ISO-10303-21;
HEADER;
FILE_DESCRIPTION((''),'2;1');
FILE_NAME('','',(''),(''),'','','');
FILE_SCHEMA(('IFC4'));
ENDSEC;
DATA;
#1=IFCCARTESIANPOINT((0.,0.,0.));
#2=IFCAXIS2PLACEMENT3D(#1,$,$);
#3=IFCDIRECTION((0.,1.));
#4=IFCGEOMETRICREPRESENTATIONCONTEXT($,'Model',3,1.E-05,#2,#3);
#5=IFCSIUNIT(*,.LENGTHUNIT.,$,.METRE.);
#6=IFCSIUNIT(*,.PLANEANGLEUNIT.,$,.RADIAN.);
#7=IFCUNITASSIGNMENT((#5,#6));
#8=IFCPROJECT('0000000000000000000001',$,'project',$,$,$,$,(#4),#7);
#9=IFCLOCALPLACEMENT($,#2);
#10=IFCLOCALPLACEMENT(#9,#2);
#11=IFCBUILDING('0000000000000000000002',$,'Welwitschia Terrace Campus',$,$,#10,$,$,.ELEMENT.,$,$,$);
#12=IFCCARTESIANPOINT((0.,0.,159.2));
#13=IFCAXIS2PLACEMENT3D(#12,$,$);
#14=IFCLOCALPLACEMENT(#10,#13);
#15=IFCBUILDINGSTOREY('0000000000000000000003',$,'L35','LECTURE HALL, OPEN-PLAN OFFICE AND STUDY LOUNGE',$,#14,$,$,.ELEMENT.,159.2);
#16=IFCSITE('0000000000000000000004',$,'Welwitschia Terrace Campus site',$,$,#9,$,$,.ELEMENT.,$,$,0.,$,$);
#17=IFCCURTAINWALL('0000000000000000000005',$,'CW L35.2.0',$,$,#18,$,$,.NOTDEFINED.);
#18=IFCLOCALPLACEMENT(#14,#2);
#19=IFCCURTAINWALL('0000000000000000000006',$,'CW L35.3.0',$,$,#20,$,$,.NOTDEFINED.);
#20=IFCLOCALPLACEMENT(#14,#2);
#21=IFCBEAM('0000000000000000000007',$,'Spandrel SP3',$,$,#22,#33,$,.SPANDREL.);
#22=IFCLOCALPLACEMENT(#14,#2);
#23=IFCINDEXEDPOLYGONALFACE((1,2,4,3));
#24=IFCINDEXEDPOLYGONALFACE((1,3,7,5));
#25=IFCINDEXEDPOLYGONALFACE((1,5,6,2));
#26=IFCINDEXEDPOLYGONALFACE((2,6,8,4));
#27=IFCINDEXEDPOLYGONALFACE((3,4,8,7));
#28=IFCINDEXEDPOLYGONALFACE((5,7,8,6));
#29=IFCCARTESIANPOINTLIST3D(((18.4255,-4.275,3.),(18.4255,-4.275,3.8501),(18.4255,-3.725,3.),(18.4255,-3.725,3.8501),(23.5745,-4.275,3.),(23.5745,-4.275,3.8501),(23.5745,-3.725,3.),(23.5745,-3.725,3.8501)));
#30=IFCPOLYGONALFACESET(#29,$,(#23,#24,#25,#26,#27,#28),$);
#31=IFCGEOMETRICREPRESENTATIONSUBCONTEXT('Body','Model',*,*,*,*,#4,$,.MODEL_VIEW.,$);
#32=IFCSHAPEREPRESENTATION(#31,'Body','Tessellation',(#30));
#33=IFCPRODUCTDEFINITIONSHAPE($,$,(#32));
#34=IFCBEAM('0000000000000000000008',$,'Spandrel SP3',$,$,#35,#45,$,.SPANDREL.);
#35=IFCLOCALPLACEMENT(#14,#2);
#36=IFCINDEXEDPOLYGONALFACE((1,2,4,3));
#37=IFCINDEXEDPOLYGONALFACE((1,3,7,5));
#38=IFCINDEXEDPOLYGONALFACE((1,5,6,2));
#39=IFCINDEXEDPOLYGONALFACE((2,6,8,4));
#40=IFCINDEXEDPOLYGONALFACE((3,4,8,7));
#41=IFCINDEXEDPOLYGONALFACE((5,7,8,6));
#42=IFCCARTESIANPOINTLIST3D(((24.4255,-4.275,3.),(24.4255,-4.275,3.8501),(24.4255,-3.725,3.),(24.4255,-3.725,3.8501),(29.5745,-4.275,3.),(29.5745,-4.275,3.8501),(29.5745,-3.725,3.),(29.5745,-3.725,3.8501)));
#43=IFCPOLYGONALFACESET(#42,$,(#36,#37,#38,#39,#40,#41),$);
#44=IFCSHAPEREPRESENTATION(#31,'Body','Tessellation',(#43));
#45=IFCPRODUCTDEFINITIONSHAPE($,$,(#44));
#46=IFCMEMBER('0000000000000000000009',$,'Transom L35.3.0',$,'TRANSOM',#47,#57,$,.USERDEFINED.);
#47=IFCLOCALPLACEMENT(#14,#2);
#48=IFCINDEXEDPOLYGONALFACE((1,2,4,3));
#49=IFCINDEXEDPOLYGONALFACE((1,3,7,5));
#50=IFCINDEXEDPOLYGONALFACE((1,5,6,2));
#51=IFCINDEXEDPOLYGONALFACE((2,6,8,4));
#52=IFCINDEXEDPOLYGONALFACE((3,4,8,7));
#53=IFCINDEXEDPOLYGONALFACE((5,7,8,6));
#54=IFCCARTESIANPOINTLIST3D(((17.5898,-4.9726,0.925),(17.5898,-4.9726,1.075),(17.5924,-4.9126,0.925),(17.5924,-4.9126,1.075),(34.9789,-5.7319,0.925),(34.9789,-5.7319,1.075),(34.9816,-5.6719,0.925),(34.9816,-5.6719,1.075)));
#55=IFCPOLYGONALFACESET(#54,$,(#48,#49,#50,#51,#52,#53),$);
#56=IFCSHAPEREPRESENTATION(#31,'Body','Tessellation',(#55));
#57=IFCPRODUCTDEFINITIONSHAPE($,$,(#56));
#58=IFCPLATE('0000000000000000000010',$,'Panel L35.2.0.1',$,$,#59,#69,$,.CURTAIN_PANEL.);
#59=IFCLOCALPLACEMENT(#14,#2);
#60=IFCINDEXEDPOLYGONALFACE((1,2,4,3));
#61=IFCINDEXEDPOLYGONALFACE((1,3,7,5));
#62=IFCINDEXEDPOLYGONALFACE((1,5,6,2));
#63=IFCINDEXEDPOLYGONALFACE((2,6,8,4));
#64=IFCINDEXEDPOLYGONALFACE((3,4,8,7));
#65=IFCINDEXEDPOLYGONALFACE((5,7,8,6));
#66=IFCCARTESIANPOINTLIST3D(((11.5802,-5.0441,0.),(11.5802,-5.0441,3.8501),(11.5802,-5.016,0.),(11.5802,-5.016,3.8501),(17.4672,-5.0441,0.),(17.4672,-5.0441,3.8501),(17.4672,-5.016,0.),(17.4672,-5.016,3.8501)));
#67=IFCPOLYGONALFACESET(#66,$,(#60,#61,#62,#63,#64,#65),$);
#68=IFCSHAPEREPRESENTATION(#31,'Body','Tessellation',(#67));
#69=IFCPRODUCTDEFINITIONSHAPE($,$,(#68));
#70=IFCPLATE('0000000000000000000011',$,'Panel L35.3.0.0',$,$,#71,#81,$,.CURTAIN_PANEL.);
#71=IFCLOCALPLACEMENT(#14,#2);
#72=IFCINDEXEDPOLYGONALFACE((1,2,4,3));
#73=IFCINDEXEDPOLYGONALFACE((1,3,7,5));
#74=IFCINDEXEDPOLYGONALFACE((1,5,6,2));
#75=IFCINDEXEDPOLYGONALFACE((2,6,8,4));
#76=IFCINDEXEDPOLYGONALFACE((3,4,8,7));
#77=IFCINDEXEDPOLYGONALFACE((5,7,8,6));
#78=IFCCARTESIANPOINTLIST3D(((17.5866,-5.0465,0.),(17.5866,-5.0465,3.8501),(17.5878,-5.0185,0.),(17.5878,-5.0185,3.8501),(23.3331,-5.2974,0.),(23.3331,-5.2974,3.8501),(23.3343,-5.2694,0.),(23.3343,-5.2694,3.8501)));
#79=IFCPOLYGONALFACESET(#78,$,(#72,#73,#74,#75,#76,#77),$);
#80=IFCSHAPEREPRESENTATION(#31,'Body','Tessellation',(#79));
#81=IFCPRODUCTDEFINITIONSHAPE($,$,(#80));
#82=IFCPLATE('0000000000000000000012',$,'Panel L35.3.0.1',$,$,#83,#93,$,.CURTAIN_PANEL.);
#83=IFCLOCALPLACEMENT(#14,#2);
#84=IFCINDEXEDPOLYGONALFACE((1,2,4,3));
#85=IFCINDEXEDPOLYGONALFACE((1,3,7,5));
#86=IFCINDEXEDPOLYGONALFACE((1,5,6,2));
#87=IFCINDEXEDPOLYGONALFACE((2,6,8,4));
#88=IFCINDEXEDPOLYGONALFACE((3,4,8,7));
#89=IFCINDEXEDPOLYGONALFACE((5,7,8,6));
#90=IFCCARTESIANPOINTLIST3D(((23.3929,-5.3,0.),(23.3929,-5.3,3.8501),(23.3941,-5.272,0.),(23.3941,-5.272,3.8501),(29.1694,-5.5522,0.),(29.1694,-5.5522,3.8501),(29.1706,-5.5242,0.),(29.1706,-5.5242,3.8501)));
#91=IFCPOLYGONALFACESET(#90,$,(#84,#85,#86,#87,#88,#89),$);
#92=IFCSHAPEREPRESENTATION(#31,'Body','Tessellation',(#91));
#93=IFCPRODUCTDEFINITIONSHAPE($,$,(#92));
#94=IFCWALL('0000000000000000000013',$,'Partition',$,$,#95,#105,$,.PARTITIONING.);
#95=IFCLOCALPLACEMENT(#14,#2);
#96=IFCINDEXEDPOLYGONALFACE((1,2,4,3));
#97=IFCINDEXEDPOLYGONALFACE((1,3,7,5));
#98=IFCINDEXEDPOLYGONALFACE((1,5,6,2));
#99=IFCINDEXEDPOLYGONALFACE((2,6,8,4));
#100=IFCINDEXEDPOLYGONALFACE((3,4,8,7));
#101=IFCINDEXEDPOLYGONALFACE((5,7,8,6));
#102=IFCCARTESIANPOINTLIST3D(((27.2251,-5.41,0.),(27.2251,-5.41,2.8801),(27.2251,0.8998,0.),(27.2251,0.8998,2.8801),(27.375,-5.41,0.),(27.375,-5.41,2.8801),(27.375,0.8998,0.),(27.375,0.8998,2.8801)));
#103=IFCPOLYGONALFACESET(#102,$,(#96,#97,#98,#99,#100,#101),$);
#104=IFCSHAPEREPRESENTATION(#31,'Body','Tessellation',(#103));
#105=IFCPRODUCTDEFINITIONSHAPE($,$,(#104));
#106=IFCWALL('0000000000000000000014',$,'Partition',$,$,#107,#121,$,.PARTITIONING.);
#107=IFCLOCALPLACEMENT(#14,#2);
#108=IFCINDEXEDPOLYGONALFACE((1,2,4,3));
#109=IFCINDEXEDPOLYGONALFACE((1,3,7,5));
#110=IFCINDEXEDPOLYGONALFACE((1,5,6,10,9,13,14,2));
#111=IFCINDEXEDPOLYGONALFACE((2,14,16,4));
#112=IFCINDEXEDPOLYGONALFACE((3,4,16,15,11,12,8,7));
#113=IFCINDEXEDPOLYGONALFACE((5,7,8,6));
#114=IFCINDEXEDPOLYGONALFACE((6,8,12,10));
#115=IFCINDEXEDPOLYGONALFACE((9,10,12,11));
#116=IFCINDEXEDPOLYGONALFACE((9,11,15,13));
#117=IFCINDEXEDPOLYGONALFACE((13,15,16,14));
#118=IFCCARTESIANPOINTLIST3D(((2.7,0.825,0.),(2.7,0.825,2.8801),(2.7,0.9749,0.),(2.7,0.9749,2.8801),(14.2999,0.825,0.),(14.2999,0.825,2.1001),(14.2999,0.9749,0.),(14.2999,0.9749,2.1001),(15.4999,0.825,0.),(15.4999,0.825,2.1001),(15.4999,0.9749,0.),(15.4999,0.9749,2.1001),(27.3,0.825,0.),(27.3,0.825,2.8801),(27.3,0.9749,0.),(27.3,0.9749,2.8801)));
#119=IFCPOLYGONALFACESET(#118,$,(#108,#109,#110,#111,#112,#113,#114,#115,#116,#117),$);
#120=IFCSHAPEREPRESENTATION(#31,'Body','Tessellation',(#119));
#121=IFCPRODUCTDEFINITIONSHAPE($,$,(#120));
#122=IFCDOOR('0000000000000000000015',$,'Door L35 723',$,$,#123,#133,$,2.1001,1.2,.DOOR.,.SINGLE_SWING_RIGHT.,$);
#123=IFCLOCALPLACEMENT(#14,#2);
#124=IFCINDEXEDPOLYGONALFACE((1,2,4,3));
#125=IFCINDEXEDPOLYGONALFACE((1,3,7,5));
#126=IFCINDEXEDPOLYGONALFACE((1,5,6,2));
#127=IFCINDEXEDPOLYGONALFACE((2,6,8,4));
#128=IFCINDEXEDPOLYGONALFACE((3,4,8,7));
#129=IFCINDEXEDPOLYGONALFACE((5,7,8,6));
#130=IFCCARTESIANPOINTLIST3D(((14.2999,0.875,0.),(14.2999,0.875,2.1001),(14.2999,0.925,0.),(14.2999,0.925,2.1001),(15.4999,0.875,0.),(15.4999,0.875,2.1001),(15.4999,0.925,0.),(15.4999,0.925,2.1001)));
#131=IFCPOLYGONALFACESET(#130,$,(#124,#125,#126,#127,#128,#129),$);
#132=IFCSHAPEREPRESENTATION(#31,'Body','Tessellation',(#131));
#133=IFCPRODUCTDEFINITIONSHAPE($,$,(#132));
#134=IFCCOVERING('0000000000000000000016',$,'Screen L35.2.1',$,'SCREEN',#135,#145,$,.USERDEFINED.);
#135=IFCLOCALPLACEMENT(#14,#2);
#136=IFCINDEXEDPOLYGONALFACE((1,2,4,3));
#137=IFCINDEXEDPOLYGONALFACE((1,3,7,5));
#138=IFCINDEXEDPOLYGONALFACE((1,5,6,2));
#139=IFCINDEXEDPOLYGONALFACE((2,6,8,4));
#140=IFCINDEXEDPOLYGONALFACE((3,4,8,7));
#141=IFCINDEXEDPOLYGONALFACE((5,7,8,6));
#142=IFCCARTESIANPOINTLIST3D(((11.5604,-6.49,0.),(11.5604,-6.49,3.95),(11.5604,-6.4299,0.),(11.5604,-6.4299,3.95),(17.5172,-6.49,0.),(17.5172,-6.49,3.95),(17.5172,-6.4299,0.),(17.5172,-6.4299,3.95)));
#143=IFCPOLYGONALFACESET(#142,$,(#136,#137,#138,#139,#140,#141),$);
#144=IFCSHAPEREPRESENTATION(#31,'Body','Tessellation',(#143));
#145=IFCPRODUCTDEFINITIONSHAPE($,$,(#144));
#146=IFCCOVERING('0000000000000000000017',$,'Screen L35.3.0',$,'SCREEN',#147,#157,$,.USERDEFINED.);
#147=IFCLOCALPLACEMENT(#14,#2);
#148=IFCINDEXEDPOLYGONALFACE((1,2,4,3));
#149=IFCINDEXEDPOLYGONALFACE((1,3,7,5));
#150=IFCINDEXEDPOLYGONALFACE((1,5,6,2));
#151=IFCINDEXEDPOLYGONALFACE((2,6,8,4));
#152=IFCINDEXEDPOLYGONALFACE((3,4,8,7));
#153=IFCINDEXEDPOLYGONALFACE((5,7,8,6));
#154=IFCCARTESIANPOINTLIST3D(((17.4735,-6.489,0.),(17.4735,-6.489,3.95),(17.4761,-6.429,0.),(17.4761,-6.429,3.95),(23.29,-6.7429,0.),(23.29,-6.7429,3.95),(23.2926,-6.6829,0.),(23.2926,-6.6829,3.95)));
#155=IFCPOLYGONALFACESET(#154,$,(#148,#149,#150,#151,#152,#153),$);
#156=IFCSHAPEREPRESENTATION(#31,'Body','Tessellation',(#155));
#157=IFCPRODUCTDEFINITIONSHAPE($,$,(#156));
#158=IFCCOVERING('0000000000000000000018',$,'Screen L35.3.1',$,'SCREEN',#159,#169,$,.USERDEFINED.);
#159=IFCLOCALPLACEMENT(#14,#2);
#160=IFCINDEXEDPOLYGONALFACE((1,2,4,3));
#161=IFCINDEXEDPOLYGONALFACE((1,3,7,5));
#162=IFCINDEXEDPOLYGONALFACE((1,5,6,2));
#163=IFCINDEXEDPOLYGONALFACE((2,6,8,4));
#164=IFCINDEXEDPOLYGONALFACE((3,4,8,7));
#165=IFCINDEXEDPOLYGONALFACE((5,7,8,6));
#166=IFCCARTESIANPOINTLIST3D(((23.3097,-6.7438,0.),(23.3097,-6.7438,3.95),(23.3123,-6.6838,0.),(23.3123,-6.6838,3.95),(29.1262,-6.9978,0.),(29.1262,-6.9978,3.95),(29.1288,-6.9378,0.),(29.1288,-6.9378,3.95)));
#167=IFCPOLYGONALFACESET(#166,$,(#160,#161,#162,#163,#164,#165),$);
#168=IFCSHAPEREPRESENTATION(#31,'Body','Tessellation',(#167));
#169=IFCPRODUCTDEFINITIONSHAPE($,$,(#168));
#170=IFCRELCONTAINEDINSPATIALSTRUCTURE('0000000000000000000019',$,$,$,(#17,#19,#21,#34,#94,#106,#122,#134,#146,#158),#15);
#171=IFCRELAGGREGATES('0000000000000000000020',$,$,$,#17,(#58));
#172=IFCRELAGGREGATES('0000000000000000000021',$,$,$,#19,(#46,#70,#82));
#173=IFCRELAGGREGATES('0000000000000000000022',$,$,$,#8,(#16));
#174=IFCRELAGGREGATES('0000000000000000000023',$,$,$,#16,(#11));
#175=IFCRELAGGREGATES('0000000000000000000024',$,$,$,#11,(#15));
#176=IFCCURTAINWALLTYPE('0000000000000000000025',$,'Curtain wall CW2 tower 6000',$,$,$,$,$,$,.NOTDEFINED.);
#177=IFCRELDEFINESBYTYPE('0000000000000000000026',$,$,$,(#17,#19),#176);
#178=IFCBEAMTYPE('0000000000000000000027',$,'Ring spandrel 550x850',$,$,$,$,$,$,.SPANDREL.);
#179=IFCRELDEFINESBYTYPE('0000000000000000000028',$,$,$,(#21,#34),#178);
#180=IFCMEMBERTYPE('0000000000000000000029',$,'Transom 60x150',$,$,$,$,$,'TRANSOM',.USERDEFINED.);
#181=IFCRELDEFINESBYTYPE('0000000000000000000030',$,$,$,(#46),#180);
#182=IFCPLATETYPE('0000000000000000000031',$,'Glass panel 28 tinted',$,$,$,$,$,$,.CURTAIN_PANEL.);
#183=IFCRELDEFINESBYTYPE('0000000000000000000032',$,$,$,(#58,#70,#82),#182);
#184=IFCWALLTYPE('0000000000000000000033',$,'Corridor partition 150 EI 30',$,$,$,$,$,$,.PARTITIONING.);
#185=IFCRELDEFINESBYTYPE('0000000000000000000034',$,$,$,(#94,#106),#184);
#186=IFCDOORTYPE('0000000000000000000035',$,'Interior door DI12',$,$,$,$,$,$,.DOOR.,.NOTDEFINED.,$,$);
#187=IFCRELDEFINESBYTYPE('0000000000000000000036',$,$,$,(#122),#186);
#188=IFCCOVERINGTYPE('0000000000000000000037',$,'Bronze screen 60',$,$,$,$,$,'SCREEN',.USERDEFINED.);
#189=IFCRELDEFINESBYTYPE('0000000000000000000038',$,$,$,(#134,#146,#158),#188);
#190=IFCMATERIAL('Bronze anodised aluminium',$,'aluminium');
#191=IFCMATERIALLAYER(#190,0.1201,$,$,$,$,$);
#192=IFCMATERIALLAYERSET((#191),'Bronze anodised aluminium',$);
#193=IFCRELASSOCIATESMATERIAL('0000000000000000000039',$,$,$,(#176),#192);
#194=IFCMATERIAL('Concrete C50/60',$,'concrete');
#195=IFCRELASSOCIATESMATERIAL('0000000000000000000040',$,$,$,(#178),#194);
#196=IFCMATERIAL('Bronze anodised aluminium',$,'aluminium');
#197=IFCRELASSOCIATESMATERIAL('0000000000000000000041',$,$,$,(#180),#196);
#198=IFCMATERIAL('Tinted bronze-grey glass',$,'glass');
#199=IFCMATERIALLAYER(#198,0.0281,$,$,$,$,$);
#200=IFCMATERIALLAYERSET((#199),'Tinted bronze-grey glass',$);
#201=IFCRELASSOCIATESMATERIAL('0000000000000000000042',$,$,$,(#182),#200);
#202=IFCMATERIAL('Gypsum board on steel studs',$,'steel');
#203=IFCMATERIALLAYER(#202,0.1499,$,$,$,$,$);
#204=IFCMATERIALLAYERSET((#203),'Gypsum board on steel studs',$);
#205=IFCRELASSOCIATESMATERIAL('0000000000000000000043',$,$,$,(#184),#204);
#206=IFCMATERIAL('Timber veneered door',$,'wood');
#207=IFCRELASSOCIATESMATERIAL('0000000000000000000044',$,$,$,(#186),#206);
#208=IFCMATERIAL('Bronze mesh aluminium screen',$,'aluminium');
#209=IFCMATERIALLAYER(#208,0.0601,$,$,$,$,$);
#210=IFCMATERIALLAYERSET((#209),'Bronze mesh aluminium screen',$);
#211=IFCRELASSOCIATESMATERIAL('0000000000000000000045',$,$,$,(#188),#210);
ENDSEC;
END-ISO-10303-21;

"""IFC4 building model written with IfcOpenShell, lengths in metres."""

from ifc_helpers import new_model, si_unit, direction, frame, frame_2d, origin, origin_2d, place, context, subcontext, project, spatial, rectangle, extrude, material, layer, layer_set, material_profile, profile_set, type_object, element, fill, aggregate, save


model = new_model("IFC4")

# Units and contexts
model_context = context("Model", 3, precision=1e-05, world=origin(), true_north=direction((0.0, 1.0)))
body_context = subcontext(model_context, "Body", "Model", "MODEL_VIEW")
ifc_project = project(units=[si_unit("LENGTHUNIT", "METRE"), si_unit("PLANEANGLEUNIT", "RADIAN")], contexts=[model_context])

# Site, building, storey
site_placement = place(None, origin())
site = spatial("IfcSite", under=ifc_project, at=site_placement, Name="Welwitschia Terrace Campus site", CompositionType="ELEMENT", RefElevation=0.0)
building_placement = place(site_placement, origin())
building = spatial("IfcBuilding", under=site, at=building_placement, Name="Welwitschia Terrace Campus", CompositionType="ELEMENT")
storey_placement = place(building_placement, frame((0.0, 0.0, 159.2)))
storey = spatial("IfcBuildingStorey", under=building, at=storey_placement, Name="L35", Description="LECTURE HALL, OPEN-PLAN OFFICE AND STUDY LOUNGE", CompositionType="ELEMENT", Elevation=159.2)

# Curtain wall
ifc_material_1 = material(Name="Bronze anodised aluminium", Category="aluminium")
ifc_layer_1 = layer(ifc_material_1, 0.1201)
ifc_layer_set_1 = layer_set([ifc_layer_1], Name="Bronze anodised aluminium")
curtain_wall_type = type_object("IfcCurtainWallType", Name="Curtain wall CW2 tower 6000", PredefinedType="NOTDEFINED", material=ifc_layer_set_1)
curtain_wall_1_placement = place(storey_placement, origin())
curtain_wall_1 = element("IfcCurtainWall", 1, at=curtain_wall_1_placement, inside=storey, type_object=curtain_wall_type, Name="CW L35.2.0", PredefinedType="NOTDEFINED")

# Curtain wall
curtain_wall_2_placement = place(storey_placement, origin())
curtain_wall_2 = element("IfcCurtainWall", 2, at=curtain_wall_2_placement, inside=storey, type_object=curtain_wall_type, Name="CW L35.3.0", PredefinedType="NOTDEFINED")

# Beams
ifc_material_2 = material(Name="Concrete C50/60", Category="concrete")
ifc_material_profile_1 = material_profile(ifc_material_2, rectangle(XDim=0.55, YDim=0.8501, at=origin_2d()))
ifc_profile_set_1 = profile_set([ifc_material_profile_1], Name="Concrete C50/60")
beam_type_1 = type_object("IfcBeamType", Name="Ring spandrel 550x850", PredefinedType="SPANDREL", material=ifc_profile_set_1)
for number, where, z_axis, x_axis, name in (
    (3, (18.4255, -4.0, 3.425), (1.0, 0.0, 0.0), (0.0, 1.0, 0.0), "Spandrel SP3"),
    (4, (24.4255, -4.0, 3.425), (1.0, 0.0, 0.0), (0.0, 1.0, 0.0), "Spandrel SP3"),
):
    element("IfcBeam", number, at=place(storey_placement, frame(where, z_axis=z_axis, x_axis=x_axis)), inside=storey, type_object=beam_type_1, Name=name, PredefinedType="SPANDREL", context=body_context, shape_type="SweptSolid", body=[
        extrude(rectangle(XDim=0.55, YDim=0.8501, at=origin_2d()), origin(), (0.0, 0.0, 1.0), 5.1489),
    ])

# Member
ifc_material_3 = material(Name="Bronze anodised aluminium", Category="aluminium")
ifc_material_profile_2 = material_profile(ifc_material_3, rectangle(XDim=0.0601, YDim=0.1499, at=origin_2d()))
ifc_profile_set_2 = profile_set([ifc_material_profile_2], Name="Bronze anodised aluminium")
member_type_1 = type_object("IfcMemberType", Name="Transom 60x150", ElementType="TRANSOM", PredefinedType="USERDEFINED", material=ifc_profile_set_2)
member_1_placement = place(storey_placement, frame((17.5911, -4.9426, 1.0), z_axis=(0.999048, -0.043622, 0.0), x_axis=(0.043622, 0.999048, 0.0)))
member_1 = element("IfcMember", 5, at=member_1_placement, type_object=member_type_1, Name="Transom L35.3.0", ObjectType="TRANSOM", PredefinedType="USERDEFINED", context=body_context, shape_type="SweptSolid", body=[
    extrude(rectangle(XDim=0.0601, YDim=0.1499, at=origin_2d()), origin(), (0.0, 0.0, 1.0), 17.4058),
])

# Plates
ifc_material_4 = material(Name="Tinted bronze-grey glass", Category="glass")
ifc_layer_2 = layer(ifc_material_4, 0.0281)
ifc_layer_set_2 = layer_set([ifc_layer_2], Name="Tinted bronze-grey glass")
plate_type = type_object("IfcPlateType", Name="Glass panel 28 tinted", PredefinedType="CURTAIN_PANEL", material=ifc_layer_set_2)
plate_1_placement = place(storey_placement, frame((14.5237, -5.03, 0.0), z_axis=(0.0, 0.0, 1.0), x_axis=(1.0, 0.0, 0.0)))
plate_1 = element("IfcPlate", 6, at=plate_1_placement, type_object=plate_type, Name="Panel L35.2.0.1", PredefinedType="CURTAIN_PANEL", context=body_context, shape_type="SweptSolid", body=[
    extrude(rectangle(XDim=5.887, YDim=0.0281, at=origin_2d()), origin(), (0.0, 0.0, 1.0), 3.8501),
])
aggregate(curtain_wall_1, [plate_1])
plate_2_placement = place(storey_placement, frame((20.4604, -5.158, 0.0), z_axis=(0.0, 0.0, 1.0), x_axis=(0.999048, -0.043619, 0.0)))
plate_2 = element("IfcPlate", 7, at=plate_2_placement, type_object=plate_type, Name="Panel L35.3.0.0", PredefinedType="CURTAIN_PANEL", context=body_context, shape_type="SweptSolid", body=[
    extrude(rectangle(XDim=5.752, YDim=0.0281, at=origin_2d()), origin(), (0.0, 0.0, 1.0), 3.8501),
])
plate_3_placement = place(storey_placement, frame((26.2817, -5.4121, 0.0), z_axis=(0.0, 0.0, 1.0), x_axis=(0.999048, -0.043619, 0.0)))
plate_3 = element("IfcPlate", 8, at=plate_3_placement, type_object=plate_type, Name="Panel L35.3.0.1", PredefinedType="CURTAIN_PANEL", context=body_context, shape_type="SweptSolid", body=[
    extrude(rectangle(XDim=5.782, YDim=0.0281, at=origin_2d()), origin(), (0.0, 0.0, 1.0), 3.8501),
])
aggregate(curtain_wall_2, [member_1, plate_2, plate_3])

# Wall
ifc_material_5 = material(Name="Gypsum board on steel studs", Category="steel")
ifc_layer_3 = layer(ifc_material_5, 0.1499)
ifc_layer_set_3 = layer_set([ifc_layer_3], Name="Gypsum board on steel studs")
wall_type = type_object("IfcWallType", Name="Corridor partition 150 EI 30", PredefinedType="PARTITIONING", material=ifc_layer_set_3)
wall_1_placement = place(storey_placement, frame((27.3, -5.4099, 0.0), z_axis=(0.0, 0.0, 1.0), x_axis=(0.0, 1.0, 0.0)))
element("IfcWall", 9, at=wall_1_placement, inside=storey, type_object=wall_type, Name="Partition", PredefinedType="PARTITIONING", context=body_context, shape_type="SweptSolid", body=[
    extrude(rectangle(XDim=6.3098, YDim=0.1499, at=frame_2d((3.1548, 0.0))), origin(), (0.0, 0.0, 1.0), 2.8801),
])

# Wall, opening, door
wall_2_placement = place(storey_placement, frame((27.3, 0.8999, 0.0), z_axis=(0.0, 0.0, 1.0), x_axis=(-1.0, 0.0, 0.0)))
wall_2 = element("IfcWall", 10, at=wall_2_placement, inside=storey, type_object=wall_type, Name="Partition", PredefinedType="PARTITIONING", context=body_context, shape_type="SweptSolid", body=[
    extrude(rectangle(XDim=24.6001, YDim=0.1499, at=frame_2d((12.3, 0.0))), origin(), (0.0, 0.0, 1.0), 2.8801),
])
opening_placement = place(wall_2_placement, frame((11.8, 0.0, 0.0)))
opening = element("IfcOpeningElement", 11, at=opening_placement, cuts=wall_2, PredefinedType="OPENING", context=body_context, shape_type="SweptSolid", body=[
    extrude(rectangle(XDim=1.2, YDim=2.1001, at=frame_2d((0.6001, 1.05))), frame((0.0, 0.085, 0.0), z_axis=(0.0, -1.0, 0.0), x_axis=(1.0, 0.0, 0.0)), (0.0, 0.0, 1.0), 0.1699),
])
ifc_material_6 = material(Name="Timber veneered door", Category="wood")
door_type = type_object("IfcDoorType", Name="Interior door DI12", OperationType="NOTDEFINED", PredefinedType="DOOR", material=ifc_material_6)
door_placement = place(opening_placement, origin())
door = element("IfcDoor", 12, at=door_placement, inside=storey, type_object=door_type, Name="Door L35 723", OperationType="SINGLE_SWING_RIGHT", OverallHeight=2.1001, OverallWidth=1.2, PredefinedType="DOOR", context=body_context, shape_type="SweptSolid", body=[
    extrude(rectangle(XDim=1.2, YDim=2.1001, at=frame_2d((0.6001, 1.05))), frame((0.0, 0.0249, 0.0), z_axis=(0.0, -1.0, 0.0), x_axis=(1.0, 0.0, 0.0)), (0.0, 0.0, 1.0), 0.05),
])
fill(opening, door)

# Coverings
ifc_material_7 = material(Name="Bronze mesh aluminium screen", Category="aluminium")
ifc_layer_4 = layer(ifc_material_7, 0.0601)
ifc_layer_set_4 = layer_set([ifc_layer_4], Name="Bronze mesh aluminium screen")
covering_type = type_object("IfcCoveringType", Name="Bronze screen 60", ElementType="SCREEN", PredefinedType="USERDEFINED", material=ifc_layer_set_4)
covering_placement = place(storey_placement, frame((14.5388, -6.46, 0.0), z_axis=(0.0, 0.0, 1.0), x_axis=(1.0, 0.0, 0.0)))
element("IfcCovering", 13, at=covering_placement, inside=storey, type_object=covering_type, Name="Screen L35.2.1", ObjectType="SCREEN", PredefinedType="USERDEFINED", context=body_context, shape_type="SweptSolid", body=[
    extrude(rectangle(XDim=5.9568, YDim=0.0601, at=origin_2d()), origin(), (0.0, 0.0, 1.0), 3.95),
])
for number, where, z_axis, x_axis, name in (
    (14, (20.3831, -6.5859, 0.0), (0.0, 0.0, 1.0), (0.999048, -0.043619, 0.0), "Screen L35.3.0"),
    (15, (26.2192, -6.8408, 0.0), (0.0, 0.0, 1.0), (0.999048, -0.043619, 0.0), "Screen L35.3.1"),
):
    element("IfcCovering", number, at=place(storey_placement, frame(where, z_axis=z_axis, x_axis=x_axis)), inside=storey, type_object=covering_type, Name=name, ObjectType="SCREEN", PredefinedType="USERDEFINED", context=body_context, shape_type="SweptSolid", body=[
        extrude(rectangle(XDim=5.822, YDim=0.0601, at=origin_2d()), origin(), (0.0, 0.0, 1.0), 3.95),
    ])

save(model, "model.ifc")
